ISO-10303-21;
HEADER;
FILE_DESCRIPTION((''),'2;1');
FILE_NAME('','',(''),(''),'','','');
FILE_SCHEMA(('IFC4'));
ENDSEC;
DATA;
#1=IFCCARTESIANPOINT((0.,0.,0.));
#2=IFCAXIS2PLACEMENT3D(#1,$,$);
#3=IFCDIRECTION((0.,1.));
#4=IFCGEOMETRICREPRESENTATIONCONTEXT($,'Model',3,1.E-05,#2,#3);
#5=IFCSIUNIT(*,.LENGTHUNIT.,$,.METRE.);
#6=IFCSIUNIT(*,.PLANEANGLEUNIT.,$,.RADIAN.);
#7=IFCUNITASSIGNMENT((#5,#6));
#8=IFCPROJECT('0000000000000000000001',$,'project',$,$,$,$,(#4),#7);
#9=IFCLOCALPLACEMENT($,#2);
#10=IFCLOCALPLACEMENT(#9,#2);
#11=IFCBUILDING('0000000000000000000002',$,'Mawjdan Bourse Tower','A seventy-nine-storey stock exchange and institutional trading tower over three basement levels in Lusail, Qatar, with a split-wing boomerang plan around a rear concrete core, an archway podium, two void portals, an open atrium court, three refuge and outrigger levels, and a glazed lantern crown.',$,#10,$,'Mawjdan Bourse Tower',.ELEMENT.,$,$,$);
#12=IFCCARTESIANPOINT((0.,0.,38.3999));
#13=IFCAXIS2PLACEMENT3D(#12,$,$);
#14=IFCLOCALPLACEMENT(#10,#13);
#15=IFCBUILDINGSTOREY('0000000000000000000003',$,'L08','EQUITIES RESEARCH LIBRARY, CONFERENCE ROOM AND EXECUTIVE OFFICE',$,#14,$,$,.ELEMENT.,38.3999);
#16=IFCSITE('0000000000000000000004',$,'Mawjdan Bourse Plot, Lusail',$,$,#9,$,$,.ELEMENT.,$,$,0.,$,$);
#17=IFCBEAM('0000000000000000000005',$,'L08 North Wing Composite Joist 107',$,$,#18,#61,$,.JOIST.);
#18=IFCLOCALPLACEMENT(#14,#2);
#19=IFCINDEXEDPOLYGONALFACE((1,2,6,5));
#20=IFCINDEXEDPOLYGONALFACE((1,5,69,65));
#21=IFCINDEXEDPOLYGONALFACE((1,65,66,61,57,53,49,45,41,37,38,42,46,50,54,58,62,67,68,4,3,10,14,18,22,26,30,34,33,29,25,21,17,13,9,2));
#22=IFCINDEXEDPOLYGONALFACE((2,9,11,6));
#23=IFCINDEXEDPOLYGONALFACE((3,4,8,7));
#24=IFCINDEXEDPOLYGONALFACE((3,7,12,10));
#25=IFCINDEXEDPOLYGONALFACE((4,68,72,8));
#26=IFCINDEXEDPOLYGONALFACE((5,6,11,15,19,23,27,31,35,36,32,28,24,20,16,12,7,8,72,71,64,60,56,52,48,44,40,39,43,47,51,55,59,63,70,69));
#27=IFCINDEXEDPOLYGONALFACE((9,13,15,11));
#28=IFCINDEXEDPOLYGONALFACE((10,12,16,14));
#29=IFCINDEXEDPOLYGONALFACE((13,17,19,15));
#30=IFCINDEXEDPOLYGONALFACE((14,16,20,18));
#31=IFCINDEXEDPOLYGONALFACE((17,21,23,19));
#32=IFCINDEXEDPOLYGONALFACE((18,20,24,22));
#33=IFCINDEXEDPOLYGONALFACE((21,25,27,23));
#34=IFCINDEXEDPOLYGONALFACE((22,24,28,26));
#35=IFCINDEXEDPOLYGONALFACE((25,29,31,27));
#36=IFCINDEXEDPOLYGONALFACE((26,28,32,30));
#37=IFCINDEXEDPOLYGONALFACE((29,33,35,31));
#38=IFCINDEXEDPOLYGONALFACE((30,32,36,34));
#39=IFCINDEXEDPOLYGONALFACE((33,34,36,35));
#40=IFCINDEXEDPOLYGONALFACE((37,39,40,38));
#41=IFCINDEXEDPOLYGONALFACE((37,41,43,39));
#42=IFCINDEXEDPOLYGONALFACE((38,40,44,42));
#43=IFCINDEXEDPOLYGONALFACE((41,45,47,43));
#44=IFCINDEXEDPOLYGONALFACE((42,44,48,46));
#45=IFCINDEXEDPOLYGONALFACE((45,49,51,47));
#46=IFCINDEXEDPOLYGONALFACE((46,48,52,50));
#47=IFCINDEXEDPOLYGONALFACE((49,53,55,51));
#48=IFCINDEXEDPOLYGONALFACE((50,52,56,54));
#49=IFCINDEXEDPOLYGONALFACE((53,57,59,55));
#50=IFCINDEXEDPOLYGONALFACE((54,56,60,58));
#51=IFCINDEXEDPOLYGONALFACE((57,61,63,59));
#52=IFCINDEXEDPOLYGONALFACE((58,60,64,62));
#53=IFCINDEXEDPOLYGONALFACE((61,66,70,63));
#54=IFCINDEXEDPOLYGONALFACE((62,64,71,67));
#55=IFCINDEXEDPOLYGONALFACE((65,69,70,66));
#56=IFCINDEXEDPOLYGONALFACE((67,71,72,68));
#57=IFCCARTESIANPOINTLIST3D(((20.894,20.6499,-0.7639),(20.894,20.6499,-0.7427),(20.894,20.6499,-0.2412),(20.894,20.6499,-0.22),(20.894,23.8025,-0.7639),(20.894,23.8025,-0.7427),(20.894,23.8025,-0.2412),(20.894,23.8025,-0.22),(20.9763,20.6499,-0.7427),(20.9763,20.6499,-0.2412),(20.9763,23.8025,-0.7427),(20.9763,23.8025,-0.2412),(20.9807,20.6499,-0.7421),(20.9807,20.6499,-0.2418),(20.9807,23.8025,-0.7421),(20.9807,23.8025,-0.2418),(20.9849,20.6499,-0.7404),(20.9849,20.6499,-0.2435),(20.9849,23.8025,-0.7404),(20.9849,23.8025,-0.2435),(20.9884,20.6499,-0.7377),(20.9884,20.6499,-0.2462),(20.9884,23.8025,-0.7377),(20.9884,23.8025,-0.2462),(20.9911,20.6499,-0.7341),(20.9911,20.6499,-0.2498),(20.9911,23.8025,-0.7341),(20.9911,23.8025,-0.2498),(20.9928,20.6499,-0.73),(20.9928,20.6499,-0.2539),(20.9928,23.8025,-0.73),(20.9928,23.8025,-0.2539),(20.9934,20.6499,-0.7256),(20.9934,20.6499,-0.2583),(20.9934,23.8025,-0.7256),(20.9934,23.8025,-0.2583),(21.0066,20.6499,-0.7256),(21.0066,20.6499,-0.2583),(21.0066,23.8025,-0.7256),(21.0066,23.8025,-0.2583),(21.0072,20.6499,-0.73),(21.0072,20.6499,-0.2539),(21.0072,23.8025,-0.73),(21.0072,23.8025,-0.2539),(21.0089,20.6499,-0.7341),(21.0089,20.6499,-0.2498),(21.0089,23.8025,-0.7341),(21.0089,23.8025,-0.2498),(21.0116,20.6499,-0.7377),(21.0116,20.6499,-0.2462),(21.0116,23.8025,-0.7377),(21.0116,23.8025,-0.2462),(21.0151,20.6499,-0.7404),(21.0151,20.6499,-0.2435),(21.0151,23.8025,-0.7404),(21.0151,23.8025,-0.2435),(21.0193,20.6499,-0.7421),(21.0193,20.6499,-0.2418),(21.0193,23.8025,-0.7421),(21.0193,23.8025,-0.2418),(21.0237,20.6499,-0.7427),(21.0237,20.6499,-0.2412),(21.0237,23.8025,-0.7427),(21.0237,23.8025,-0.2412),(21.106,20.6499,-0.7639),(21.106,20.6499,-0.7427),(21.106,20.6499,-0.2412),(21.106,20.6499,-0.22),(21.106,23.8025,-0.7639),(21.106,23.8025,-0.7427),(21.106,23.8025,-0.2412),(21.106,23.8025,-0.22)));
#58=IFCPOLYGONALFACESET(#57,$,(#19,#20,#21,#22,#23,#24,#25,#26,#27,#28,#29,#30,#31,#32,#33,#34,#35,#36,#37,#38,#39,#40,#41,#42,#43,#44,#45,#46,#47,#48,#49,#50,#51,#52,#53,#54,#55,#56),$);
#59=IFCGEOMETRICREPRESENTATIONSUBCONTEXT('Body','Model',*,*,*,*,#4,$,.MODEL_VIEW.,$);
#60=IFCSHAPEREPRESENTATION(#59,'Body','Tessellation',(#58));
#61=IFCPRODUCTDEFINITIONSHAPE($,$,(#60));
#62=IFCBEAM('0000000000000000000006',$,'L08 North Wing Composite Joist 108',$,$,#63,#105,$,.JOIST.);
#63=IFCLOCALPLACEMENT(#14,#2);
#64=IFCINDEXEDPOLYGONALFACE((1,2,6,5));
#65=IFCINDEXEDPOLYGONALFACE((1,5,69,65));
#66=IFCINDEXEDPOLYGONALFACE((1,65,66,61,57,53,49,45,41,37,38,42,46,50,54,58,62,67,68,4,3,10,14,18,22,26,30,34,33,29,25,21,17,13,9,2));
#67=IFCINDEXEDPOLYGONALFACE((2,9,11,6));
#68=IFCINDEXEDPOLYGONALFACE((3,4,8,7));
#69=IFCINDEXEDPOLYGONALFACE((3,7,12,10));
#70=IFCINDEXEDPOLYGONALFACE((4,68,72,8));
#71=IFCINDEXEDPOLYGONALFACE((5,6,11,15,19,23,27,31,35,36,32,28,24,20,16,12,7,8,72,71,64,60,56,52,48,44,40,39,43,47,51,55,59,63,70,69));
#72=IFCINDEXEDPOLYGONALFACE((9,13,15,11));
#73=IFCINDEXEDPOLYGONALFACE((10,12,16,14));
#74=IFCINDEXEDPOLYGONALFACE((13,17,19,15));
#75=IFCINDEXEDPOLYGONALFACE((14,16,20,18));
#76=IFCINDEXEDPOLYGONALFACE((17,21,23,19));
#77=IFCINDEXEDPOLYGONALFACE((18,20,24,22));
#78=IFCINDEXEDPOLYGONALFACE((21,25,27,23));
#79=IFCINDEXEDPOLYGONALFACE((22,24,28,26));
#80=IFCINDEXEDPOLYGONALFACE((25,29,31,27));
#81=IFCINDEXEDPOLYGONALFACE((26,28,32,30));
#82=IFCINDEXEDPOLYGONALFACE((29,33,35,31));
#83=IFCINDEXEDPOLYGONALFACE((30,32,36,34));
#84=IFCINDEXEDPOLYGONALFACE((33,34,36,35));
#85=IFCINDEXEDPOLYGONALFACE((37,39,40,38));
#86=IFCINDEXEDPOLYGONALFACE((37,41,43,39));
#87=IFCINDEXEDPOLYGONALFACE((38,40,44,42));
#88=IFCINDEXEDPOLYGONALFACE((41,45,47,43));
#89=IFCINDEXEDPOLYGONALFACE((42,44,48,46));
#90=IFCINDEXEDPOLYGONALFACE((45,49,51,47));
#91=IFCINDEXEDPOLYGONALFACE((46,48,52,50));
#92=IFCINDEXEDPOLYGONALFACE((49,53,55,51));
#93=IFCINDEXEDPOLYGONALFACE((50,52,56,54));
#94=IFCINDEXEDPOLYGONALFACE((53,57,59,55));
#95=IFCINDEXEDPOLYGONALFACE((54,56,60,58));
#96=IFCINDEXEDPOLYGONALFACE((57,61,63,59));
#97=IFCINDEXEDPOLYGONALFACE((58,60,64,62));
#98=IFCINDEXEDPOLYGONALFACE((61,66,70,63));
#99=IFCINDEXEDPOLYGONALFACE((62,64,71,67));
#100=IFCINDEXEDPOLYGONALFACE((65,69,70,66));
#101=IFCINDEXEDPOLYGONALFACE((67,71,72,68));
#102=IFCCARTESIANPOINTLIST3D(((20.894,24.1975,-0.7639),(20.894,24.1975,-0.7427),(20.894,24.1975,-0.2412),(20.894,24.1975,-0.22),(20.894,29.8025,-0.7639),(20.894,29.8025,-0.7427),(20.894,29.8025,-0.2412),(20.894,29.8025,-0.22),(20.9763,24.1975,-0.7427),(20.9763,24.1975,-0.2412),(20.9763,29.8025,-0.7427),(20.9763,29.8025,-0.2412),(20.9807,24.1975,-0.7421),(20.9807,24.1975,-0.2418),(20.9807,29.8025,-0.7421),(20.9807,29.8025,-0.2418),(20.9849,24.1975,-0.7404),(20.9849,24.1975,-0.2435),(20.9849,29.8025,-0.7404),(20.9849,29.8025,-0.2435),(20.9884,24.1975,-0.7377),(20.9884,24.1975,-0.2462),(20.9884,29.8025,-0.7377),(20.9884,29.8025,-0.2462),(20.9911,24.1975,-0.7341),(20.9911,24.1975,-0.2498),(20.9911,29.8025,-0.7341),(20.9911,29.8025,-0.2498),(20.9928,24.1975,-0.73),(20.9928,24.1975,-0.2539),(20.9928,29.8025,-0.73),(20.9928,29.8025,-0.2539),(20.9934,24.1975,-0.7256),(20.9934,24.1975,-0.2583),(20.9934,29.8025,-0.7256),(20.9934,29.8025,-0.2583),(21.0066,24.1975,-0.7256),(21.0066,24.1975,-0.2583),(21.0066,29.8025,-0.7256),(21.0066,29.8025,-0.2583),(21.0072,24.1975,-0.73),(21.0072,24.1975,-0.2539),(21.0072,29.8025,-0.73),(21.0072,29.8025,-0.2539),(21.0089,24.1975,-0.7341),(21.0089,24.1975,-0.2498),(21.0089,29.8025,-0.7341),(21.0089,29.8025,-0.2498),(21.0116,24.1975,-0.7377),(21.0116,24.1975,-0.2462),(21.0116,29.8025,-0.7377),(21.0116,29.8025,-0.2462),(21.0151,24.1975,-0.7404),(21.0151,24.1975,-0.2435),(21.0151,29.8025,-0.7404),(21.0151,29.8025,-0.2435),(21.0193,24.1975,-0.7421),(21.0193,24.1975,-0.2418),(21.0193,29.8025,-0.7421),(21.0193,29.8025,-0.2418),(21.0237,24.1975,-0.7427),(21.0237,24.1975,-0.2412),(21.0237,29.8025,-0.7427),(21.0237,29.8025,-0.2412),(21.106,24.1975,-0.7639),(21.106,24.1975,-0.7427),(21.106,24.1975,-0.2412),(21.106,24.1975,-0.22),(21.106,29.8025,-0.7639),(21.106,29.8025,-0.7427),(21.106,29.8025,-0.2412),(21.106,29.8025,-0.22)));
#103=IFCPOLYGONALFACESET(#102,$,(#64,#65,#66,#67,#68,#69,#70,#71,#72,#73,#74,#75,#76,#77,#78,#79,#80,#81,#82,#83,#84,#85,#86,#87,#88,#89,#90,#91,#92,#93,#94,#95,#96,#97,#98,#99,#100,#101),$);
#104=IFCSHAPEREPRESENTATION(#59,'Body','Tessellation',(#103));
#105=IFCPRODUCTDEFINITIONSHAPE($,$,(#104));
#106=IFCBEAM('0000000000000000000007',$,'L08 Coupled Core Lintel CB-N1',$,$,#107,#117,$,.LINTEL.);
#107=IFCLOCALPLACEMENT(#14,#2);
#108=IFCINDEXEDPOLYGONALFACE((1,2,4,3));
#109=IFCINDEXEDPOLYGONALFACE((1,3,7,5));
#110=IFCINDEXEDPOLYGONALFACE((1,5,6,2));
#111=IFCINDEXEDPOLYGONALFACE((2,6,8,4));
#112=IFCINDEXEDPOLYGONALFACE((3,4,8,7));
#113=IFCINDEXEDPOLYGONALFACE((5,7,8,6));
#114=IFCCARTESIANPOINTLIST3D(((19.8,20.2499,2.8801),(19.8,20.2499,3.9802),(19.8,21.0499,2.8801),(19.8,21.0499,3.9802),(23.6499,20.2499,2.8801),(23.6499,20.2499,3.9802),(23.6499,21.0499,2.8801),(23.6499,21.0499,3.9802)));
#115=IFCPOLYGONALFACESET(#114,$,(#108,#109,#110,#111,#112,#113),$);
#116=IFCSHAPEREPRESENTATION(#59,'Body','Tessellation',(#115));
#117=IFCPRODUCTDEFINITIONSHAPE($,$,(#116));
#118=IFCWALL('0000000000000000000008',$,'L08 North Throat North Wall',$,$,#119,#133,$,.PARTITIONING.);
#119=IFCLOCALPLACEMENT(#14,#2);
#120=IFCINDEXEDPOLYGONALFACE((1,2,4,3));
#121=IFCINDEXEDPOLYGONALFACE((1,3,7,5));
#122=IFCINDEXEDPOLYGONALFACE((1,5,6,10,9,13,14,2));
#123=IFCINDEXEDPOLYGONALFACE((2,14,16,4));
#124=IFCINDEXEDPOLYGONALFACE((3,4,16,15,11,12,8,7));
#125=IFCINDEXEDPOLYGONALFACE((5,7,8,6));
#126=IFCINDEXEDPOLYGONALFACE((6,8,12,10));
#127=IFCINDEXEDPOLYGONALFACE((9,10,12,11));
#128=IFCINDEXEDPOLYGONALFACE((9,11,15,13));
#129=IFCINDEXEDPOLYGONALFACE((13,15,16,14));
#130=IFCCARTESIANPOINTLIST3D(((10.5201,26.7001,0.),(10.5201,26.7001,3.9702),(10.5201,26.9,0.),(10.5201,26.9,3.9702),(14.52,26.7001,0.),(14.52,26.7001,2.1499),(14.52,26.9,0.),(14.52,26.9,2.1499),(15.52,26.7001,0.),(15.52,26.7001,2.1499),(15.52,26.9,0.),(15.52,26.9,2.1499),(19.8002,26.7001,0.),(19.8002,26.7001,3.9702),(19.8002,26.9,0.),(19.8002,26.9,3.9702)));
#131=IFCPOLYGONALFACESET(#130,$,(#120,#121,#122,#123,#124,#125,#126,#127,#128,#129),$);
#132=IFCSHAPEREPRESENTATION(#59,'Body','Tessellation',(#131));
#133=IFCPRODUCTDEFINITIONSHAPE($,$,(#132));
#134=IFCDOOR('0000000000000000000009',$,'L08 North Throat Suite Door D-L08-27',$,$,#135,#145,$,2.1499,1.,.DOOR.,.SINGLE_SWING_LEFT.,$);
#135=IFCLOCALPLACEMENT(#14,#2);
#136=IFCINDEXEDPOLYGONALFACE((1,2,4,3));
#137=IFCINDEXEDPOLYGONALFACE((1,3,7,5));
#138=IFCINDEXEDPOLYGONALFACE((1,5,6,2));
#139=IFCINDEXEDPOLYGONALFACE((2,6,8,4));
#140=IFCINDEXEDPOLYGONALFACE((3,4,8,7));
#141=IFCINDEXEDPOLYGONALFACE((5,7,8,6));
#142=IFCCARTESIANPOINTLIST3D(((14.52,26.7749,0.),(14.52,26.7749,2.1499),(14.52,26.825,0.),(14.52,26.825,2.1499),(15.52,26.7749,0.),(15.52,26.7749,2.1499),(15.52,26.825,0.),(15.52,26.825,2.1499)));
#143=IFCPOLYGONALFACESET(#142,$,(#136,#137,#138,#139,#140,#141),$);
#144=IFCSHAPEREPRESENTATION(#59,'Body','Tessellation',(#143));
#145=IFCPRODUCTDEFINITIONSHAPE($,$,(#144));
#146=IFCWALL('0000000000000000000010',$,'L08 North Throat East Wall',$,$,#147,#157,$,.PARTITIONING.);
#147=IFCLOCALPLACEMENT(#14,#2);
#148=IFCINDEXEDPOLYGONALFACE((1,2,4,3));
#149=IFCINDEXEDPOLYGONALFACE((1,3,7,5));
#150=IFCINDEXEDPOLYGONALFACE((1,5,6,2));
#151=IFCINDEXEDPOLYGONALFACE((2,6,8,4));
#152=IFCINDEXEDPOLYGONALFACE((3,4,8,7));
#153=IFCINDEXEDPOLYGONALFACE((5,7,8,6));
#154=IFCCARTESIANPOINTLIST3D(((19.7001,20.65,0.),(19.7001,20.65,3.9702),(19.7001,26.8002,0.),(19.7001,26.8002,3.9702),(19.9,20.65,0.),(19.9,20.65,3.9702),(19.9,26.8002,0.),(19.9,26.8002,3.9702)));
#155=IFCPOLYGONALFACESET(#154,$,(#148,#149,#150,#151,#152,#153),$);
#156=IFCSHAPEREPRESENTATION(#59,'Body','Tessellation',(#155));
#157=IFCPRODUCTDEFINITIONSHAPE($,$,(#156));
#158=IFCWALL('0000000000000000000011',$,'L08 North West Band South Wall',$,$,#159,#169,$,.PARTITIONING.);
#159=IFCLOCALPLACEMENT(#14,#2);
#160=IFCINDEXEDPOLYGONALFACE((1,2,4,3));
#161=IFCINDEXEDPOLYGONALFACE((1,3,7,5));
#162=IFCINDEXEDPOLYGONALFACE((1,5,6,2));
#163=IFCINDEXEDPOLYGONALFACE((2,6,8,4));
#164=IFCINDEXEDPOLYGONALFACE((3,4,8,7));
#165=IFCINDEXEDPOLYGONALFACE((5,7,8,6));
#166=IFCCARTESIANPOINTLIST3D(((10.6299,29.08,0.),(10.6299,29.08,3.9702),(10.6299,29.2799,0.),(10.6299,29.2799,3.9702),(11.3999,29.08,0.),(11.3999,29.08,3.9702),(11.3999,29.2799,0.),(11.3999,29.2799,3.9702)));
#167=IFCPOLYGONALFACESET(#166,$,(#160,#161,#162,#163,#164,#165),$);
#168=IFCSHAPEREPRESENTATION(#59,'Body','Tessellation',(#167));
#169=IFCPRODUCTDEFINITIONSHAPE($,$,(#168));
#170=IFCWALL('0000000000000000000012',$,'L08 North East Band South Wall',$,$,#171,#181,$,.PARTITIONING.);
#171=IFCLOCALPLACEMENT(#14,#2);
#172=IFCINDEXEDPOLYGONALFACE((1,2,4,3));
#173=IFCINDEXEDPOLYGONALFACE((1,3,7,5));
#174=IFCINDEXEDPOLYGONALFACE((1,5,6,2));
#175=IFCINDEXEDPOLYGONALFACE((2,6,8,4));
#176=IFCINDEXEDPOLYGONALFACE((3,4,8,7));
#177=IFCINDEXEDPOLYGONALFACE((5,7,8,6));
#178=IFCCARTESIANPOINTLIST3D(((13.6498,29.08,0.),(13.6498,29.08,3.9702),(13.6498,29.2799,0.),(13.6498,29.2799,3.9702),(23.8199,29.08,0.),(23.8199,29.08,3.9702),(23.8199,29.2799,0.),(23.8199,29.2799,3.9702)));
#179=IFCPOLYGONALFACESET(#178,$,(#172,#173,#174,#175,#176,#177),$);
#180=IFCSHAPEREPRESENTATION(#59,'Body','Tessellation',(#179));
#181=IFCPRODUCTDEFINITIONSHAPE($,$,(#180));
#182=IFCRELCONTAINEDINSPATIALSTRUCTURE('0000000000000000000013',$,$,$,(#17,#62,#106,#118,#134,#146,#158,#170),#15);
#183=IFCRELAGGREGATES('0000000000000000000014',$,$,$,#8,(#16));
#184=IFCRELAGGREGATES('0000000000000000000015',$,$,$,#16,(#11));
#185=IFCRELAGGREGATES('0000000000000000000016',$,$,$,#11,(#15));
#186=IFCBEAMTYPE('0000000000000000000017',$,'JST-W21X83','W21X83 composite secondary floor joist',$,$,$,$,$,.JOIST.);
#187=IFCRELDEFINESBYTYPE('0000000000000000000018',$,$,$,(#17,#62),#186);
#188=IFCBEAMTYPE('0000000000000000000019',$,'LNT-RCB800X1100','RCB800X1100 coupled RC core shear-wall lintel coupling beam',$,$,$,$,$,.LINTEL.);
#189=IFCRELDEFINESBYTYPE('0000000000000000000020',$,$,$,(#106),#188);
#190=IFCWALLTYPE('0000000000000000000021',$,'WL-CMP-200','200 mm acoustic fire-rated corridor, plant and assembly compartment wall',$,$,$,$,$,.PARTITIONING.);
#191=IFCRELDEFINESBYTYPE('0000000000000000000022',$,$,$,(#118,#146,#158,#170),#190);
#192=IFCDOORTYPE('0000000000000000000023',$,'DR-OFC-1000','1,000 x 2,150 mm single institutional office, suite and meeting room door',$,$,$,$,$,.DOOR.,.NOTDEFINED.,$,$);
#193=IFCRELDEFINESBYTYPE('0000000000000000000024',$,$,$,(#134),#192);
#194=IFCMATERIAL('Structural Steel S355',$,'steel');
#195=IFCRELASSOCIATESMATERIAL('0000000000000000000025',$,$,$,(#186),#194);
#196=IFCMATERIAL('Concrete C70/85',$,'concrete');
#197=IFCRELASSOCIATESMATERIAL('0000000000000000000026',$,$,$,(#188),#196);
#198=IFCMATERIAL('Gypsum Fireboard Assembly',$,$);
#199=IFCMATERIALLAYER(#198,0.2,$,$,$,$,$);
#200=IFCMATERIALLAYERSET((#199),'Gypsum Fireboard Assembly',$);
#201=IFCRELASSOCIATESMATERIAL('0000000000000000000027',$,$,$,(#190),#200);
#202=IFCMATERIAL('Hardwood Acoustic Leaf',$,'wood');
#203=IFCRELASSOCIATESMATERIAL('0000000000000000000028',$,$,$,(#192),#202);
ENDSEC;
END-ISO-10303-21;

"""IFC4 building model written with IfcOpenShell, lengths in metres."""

from ifc_helpers import new_model, si_unit, direction, frame, frame_2d, origin, origin_2d, place, context, subcontext, project, spatial, rectangle, i_section, extrude, material, layer, layer_set, material_profile, profile_set, type_object, element, fill, save


model = new_model("IFC4")

# Units and contexts
model_context = context("Model", 3, precision=1e-05, world=origin(), true_north=direction((0.0, 1.0)))
body_context = subcontext(model_context, "Body", "Model", "MODEL_VIEW")
ifc_project = project(units=[si_unit("LENGTHUNIT", "METRE"), si_unit("PLANEANGLEUNIT", "RADIAN")], contexts=[model_context])

# Site, building, storey
site_placement = place(None, origin())
site = spatial("IfcSite", under=ifc_project, at=site_placement, Name="Mawjdan Bourse Plot, Lusail", CompositionType="ELEMENT", RefElevation=0.0)
building_placement = place(site_placement, origin())
building = spatial("IfcBuilding", under=site, at=building_placement, Name="Mawjdan Bourse Tower", Description="A seventy-nine-storey stock exchange and institutional trading tower over three basement levels in Lusail, Qatar, with a split-wing boomerang plan around a rear concrete core, an archway podium, two void portals, an open atrium court, three refuge and outrigger levels, and a glazed lantern crown.", LongName="Mawjdan Bourse Tower", CompositionType="ELEMENT")
storey_placement = place(building_placement, frame((0.0, 0.0, 38.3999)))
storey = spatial("IfcBuildingStorey", under=building, at=storey_placement, Name="L08", Description="EQUITIES RESEARCH LIBRARY, CONFERENCE ROOM AND EXECUTIVE OFFICE", CompositionType="ELEMENT", Elevation=38.3999)

# Beams
ifc_material_1 = material(Name="Structural Steel S355", Category="steel")
ifc_material_profile_1 = material_profile(ifc_material_1, i_section(OverallWidth=0.2119, OverallDepth=0.5439, WebThickness=0.0132, FlangeThickness=0.0212, FilletRadius=0.0171, at=origin_2d()), Name="W21X83")
ifc_profile_set_1 = profile_set([ifc_material_profile_1], Name="Structural Steel S355")
beam_type_1 = type_object("IfcBeamType", Name="JST-W21X83", Description="W21X83 composite secondary floor joist", PredefinedType="JOIST", material=ifc_profile_set_1)
beam_1_placement = place(storey_placement, frame((21.0, 20.6499, -0.4919), z_axis=(0.0, 1.0, 0.0), x_axis=(-1.0, 0.0, 0.0)))
element("IfcBeam", 1, at=beam_1_placement, inside=storey, type_object=beam_type_1, Name="L08 North Wing Composite Joist 107", PredefinedType="JOIST", context=body_context, shape_type="SweptSolid", body=[
    extrude(i_section(OverallWidth=0.2119, OverallDepth=0.5439, WebThickness=0.0132, FlangeThickness=0.0212, FilletRadius=0.0171, at=origin_2d()), origin(), (0.0, 0.0, 1.0), 3.1526),
])
beam_2_placement = place(storey_placement, frame((21.0, 24.1975, -0.4919), z_axis=(0.0, 1.0, 0.0), x_axis=(-1.0, 0.0, 0.0)))
element("IfcBeam", 2, at=beam_2_placement, inside=storey, type_object=beam_type_1, Name="L08 North Wing Composite Joist 108", PredefinedType="JOIST", context=body_context, shape_type="SweptSolid", body=[
    extrude(i_section(OverallWidth=0.2119, OverallDepth=0.5439, WebThickness=0.0132, FlangeThickness=0.0212, FilletRadius=0.0171, at=origin_2d()), origin(), (0.0, 0.0, 1.0), 5.605),
])
ifc_material_2 = material(Name="Concrete C70/85", Category="concrete")
ifc_material_profile_2 = material_profile(ifc_material_2, rectangle(XDim=0.8, YDim=1.1001, at=origin_2d()), Name="RCB800X1100")
ifc_profile_set_2 = profile_set([ifc_material_profile_2], Name="Concrete C70/85")
beam_type_2 = type_object("IfcBeamType", Name="LNT-RCB800X1100", Description="RCB800X1100 coupled RC core shear-wall lintel coupling beam", PredefinedType="LINTEL", material=ifc_profile_set_2)
beam_3_placement = place(storey_placement, frame((19.8, 20.6499, 3.4302), z_axis=(1.0, 0.0, 0.0), x_axis=(0.0, 1.0, 0.0)))
element("IfcBeam", 3, at=beam_3_placement, inside=storey, type_object=beam_type_2, Name="L08 Coupled Core Lintel CB-N1", PredefinedType="LINTEL", context=body_context, shape_type="SweptSolid", body=[
    extrude(rectangle(XDim=0.8, YDim=1.1001, at=origin_2d()), origin(), (0.0, 0.0, 1.0), 3.8499),
])

# Wall, opening, door
ifc_material_3 = material(Name="Gypsum Fireboard Assembly")
ifc_layer = layer(ifc_material_3, 0.2)
ifc_layer_set = layer_set([ifc_layer], Name="Gypsum Fireboard Assembly")
wall_type = type_object("IfcWallType", Name="WL-CMP-200", Description="200 mm acoustic fire-rated corridor, plant and assembly compartment wall", PredefinedType="PARTITIONING", material=ifc_layer_set)
wall_1_placement = place(storey_placement, frame((10.52, 26.8, 0.0), z_axis=(0.0, 0.0, 1.0), x_axis=(1.0, 0.0, 0.0)))
wall_1 = element("IfcWall", 4, at=wall_1_placement, inside=storey, type_object=wall_type, Name="L08 North Throat North Wall", PredefinedType="PARTITIONING", context=body_context, shape_type="SweptSolid", body=[
    extrude(rectangle(XDim=9.28, YDim=0.2, at=frame_2d((4.6401, 0.0))), origin(), (0.0, 0.0, 1.0), 3.9702),
])
opening_1_placement = place(wall_1_placement, frame((4.0, 0.0, 0.0)))
opening_1 = element("IfcOpeningElement", 5, at=opening_1_placement, cuts=wall_1, PredefinedType="OPENING", context=body_context, shape_type="SweptSolid", body=[
    extrude(rectangle(XDim=1.0, YDim=2.1499, at=frame_2d((0.5, 1.075))), frame((0.0, 0.1099, 0.0), z_axis=(0.0, -1.0, 0.0), x_axis=(1.0, 0.0, 0.0)), (0.0, 0.0, 1.0), 0.22),
])
ifc_material_4 = material(Name="Hardwood Acoustic Leaf", Category="wood")
door_type_1 = type_object("IfcDoorType", Name="DR-OFC-1000", Description="1,000 x 2,150 mm single institutional office, suite and meeting room door", OperationType="NOTDEFINED", PredefinedType="DOOR", material=ifc_material_4)
door_1_placement = place(opening_1_placement, origin())
door_1 = element("IfcDoor", 6, at=door_1_placement, inside=storey, type_object=door_type_1, Name="L08 North Throat Suite Door D-L08-27", OperationType="SINGLE_SWING_LEFT", OverallHeight=2.1499, OverallWidth=1.0, PredefinedType="DOOR", context=body_context, shape_type="SweptSolid", body=[
    extrude(rectangle(XDim=1.0, YDim=2.1499, at=frame_2d((0.5, 1.075))), frame((0.0, 0.0249, 0.0), z_axis=(0.0, -1.0, 0.0), x_axis=(1.0, 0.0, 0.0)), (0.0, 0.0, 1.0), 0.05),
])
fill(opening_1, door_1)

# Walls
wall_2_placement = place(storey_placement, frame((19.8, 20.6499, 0.0), z_axis=(0.0, 0.0, 1.0), x_axis=(0.0, 1.0, 0.0)))
element("IfcWall", 7, at=wall_2_placement, inside=storey, type_object=wall_type, Name="L08 North Throat East Wall", PredefinedType="PARTITIONING", context=body_context, shape_type="SweptSolid", body=[
    extrude(rectangle(XDim=6.1501, YDim=0.2, at=frame_2d((3.0752, 0.0))), origin(), (0.0, 0.0, 1.0), 3.9702),
])
wall_3_placement = place(storey_placement, frame((10.6299, 29.1799, 0.0), z_axis=(0.0, 0.0, 1.0), x_axis=(1.0, 0.0, 0.0)))
element("IfcWall", 8, at=wall_3_placement, inside=storey, type_object=wall_type, Name="L08 North West Band South Wall", PredefinedType="PARTITIONING", context=body_context, shape_type="SweptSolid", body=[
    extrude(rectangle(XDim=0.77, YDim=0.2, at=frame_2d((0.385, 0.0))), origin(), (0.0, 0.0, 1.0), 3.9702),
])
wall_4_placement = place(storey_placement, frame((13.6499, 29.1799, 0.0), z_axis=(0.0, 0.0, 1.0), x_axis=(1.0, 0.0, 0.0)))
element("IfcWall", 9, at=wall_4_placement, inside=storey, type_object=wall_type, Name="L08 North East Band South Wall", PredefinedType="PARTITIONING", context=body_context, shape_type="SweptSolid", body=[
    extrude(rectangle(XDim=10.1702, YDim=0.2, at=frame_2d((5.085, 0.0))), origin(), (0.0, 0.0, 1.0), 3.9702),
])

save(model, "model.ifc")
